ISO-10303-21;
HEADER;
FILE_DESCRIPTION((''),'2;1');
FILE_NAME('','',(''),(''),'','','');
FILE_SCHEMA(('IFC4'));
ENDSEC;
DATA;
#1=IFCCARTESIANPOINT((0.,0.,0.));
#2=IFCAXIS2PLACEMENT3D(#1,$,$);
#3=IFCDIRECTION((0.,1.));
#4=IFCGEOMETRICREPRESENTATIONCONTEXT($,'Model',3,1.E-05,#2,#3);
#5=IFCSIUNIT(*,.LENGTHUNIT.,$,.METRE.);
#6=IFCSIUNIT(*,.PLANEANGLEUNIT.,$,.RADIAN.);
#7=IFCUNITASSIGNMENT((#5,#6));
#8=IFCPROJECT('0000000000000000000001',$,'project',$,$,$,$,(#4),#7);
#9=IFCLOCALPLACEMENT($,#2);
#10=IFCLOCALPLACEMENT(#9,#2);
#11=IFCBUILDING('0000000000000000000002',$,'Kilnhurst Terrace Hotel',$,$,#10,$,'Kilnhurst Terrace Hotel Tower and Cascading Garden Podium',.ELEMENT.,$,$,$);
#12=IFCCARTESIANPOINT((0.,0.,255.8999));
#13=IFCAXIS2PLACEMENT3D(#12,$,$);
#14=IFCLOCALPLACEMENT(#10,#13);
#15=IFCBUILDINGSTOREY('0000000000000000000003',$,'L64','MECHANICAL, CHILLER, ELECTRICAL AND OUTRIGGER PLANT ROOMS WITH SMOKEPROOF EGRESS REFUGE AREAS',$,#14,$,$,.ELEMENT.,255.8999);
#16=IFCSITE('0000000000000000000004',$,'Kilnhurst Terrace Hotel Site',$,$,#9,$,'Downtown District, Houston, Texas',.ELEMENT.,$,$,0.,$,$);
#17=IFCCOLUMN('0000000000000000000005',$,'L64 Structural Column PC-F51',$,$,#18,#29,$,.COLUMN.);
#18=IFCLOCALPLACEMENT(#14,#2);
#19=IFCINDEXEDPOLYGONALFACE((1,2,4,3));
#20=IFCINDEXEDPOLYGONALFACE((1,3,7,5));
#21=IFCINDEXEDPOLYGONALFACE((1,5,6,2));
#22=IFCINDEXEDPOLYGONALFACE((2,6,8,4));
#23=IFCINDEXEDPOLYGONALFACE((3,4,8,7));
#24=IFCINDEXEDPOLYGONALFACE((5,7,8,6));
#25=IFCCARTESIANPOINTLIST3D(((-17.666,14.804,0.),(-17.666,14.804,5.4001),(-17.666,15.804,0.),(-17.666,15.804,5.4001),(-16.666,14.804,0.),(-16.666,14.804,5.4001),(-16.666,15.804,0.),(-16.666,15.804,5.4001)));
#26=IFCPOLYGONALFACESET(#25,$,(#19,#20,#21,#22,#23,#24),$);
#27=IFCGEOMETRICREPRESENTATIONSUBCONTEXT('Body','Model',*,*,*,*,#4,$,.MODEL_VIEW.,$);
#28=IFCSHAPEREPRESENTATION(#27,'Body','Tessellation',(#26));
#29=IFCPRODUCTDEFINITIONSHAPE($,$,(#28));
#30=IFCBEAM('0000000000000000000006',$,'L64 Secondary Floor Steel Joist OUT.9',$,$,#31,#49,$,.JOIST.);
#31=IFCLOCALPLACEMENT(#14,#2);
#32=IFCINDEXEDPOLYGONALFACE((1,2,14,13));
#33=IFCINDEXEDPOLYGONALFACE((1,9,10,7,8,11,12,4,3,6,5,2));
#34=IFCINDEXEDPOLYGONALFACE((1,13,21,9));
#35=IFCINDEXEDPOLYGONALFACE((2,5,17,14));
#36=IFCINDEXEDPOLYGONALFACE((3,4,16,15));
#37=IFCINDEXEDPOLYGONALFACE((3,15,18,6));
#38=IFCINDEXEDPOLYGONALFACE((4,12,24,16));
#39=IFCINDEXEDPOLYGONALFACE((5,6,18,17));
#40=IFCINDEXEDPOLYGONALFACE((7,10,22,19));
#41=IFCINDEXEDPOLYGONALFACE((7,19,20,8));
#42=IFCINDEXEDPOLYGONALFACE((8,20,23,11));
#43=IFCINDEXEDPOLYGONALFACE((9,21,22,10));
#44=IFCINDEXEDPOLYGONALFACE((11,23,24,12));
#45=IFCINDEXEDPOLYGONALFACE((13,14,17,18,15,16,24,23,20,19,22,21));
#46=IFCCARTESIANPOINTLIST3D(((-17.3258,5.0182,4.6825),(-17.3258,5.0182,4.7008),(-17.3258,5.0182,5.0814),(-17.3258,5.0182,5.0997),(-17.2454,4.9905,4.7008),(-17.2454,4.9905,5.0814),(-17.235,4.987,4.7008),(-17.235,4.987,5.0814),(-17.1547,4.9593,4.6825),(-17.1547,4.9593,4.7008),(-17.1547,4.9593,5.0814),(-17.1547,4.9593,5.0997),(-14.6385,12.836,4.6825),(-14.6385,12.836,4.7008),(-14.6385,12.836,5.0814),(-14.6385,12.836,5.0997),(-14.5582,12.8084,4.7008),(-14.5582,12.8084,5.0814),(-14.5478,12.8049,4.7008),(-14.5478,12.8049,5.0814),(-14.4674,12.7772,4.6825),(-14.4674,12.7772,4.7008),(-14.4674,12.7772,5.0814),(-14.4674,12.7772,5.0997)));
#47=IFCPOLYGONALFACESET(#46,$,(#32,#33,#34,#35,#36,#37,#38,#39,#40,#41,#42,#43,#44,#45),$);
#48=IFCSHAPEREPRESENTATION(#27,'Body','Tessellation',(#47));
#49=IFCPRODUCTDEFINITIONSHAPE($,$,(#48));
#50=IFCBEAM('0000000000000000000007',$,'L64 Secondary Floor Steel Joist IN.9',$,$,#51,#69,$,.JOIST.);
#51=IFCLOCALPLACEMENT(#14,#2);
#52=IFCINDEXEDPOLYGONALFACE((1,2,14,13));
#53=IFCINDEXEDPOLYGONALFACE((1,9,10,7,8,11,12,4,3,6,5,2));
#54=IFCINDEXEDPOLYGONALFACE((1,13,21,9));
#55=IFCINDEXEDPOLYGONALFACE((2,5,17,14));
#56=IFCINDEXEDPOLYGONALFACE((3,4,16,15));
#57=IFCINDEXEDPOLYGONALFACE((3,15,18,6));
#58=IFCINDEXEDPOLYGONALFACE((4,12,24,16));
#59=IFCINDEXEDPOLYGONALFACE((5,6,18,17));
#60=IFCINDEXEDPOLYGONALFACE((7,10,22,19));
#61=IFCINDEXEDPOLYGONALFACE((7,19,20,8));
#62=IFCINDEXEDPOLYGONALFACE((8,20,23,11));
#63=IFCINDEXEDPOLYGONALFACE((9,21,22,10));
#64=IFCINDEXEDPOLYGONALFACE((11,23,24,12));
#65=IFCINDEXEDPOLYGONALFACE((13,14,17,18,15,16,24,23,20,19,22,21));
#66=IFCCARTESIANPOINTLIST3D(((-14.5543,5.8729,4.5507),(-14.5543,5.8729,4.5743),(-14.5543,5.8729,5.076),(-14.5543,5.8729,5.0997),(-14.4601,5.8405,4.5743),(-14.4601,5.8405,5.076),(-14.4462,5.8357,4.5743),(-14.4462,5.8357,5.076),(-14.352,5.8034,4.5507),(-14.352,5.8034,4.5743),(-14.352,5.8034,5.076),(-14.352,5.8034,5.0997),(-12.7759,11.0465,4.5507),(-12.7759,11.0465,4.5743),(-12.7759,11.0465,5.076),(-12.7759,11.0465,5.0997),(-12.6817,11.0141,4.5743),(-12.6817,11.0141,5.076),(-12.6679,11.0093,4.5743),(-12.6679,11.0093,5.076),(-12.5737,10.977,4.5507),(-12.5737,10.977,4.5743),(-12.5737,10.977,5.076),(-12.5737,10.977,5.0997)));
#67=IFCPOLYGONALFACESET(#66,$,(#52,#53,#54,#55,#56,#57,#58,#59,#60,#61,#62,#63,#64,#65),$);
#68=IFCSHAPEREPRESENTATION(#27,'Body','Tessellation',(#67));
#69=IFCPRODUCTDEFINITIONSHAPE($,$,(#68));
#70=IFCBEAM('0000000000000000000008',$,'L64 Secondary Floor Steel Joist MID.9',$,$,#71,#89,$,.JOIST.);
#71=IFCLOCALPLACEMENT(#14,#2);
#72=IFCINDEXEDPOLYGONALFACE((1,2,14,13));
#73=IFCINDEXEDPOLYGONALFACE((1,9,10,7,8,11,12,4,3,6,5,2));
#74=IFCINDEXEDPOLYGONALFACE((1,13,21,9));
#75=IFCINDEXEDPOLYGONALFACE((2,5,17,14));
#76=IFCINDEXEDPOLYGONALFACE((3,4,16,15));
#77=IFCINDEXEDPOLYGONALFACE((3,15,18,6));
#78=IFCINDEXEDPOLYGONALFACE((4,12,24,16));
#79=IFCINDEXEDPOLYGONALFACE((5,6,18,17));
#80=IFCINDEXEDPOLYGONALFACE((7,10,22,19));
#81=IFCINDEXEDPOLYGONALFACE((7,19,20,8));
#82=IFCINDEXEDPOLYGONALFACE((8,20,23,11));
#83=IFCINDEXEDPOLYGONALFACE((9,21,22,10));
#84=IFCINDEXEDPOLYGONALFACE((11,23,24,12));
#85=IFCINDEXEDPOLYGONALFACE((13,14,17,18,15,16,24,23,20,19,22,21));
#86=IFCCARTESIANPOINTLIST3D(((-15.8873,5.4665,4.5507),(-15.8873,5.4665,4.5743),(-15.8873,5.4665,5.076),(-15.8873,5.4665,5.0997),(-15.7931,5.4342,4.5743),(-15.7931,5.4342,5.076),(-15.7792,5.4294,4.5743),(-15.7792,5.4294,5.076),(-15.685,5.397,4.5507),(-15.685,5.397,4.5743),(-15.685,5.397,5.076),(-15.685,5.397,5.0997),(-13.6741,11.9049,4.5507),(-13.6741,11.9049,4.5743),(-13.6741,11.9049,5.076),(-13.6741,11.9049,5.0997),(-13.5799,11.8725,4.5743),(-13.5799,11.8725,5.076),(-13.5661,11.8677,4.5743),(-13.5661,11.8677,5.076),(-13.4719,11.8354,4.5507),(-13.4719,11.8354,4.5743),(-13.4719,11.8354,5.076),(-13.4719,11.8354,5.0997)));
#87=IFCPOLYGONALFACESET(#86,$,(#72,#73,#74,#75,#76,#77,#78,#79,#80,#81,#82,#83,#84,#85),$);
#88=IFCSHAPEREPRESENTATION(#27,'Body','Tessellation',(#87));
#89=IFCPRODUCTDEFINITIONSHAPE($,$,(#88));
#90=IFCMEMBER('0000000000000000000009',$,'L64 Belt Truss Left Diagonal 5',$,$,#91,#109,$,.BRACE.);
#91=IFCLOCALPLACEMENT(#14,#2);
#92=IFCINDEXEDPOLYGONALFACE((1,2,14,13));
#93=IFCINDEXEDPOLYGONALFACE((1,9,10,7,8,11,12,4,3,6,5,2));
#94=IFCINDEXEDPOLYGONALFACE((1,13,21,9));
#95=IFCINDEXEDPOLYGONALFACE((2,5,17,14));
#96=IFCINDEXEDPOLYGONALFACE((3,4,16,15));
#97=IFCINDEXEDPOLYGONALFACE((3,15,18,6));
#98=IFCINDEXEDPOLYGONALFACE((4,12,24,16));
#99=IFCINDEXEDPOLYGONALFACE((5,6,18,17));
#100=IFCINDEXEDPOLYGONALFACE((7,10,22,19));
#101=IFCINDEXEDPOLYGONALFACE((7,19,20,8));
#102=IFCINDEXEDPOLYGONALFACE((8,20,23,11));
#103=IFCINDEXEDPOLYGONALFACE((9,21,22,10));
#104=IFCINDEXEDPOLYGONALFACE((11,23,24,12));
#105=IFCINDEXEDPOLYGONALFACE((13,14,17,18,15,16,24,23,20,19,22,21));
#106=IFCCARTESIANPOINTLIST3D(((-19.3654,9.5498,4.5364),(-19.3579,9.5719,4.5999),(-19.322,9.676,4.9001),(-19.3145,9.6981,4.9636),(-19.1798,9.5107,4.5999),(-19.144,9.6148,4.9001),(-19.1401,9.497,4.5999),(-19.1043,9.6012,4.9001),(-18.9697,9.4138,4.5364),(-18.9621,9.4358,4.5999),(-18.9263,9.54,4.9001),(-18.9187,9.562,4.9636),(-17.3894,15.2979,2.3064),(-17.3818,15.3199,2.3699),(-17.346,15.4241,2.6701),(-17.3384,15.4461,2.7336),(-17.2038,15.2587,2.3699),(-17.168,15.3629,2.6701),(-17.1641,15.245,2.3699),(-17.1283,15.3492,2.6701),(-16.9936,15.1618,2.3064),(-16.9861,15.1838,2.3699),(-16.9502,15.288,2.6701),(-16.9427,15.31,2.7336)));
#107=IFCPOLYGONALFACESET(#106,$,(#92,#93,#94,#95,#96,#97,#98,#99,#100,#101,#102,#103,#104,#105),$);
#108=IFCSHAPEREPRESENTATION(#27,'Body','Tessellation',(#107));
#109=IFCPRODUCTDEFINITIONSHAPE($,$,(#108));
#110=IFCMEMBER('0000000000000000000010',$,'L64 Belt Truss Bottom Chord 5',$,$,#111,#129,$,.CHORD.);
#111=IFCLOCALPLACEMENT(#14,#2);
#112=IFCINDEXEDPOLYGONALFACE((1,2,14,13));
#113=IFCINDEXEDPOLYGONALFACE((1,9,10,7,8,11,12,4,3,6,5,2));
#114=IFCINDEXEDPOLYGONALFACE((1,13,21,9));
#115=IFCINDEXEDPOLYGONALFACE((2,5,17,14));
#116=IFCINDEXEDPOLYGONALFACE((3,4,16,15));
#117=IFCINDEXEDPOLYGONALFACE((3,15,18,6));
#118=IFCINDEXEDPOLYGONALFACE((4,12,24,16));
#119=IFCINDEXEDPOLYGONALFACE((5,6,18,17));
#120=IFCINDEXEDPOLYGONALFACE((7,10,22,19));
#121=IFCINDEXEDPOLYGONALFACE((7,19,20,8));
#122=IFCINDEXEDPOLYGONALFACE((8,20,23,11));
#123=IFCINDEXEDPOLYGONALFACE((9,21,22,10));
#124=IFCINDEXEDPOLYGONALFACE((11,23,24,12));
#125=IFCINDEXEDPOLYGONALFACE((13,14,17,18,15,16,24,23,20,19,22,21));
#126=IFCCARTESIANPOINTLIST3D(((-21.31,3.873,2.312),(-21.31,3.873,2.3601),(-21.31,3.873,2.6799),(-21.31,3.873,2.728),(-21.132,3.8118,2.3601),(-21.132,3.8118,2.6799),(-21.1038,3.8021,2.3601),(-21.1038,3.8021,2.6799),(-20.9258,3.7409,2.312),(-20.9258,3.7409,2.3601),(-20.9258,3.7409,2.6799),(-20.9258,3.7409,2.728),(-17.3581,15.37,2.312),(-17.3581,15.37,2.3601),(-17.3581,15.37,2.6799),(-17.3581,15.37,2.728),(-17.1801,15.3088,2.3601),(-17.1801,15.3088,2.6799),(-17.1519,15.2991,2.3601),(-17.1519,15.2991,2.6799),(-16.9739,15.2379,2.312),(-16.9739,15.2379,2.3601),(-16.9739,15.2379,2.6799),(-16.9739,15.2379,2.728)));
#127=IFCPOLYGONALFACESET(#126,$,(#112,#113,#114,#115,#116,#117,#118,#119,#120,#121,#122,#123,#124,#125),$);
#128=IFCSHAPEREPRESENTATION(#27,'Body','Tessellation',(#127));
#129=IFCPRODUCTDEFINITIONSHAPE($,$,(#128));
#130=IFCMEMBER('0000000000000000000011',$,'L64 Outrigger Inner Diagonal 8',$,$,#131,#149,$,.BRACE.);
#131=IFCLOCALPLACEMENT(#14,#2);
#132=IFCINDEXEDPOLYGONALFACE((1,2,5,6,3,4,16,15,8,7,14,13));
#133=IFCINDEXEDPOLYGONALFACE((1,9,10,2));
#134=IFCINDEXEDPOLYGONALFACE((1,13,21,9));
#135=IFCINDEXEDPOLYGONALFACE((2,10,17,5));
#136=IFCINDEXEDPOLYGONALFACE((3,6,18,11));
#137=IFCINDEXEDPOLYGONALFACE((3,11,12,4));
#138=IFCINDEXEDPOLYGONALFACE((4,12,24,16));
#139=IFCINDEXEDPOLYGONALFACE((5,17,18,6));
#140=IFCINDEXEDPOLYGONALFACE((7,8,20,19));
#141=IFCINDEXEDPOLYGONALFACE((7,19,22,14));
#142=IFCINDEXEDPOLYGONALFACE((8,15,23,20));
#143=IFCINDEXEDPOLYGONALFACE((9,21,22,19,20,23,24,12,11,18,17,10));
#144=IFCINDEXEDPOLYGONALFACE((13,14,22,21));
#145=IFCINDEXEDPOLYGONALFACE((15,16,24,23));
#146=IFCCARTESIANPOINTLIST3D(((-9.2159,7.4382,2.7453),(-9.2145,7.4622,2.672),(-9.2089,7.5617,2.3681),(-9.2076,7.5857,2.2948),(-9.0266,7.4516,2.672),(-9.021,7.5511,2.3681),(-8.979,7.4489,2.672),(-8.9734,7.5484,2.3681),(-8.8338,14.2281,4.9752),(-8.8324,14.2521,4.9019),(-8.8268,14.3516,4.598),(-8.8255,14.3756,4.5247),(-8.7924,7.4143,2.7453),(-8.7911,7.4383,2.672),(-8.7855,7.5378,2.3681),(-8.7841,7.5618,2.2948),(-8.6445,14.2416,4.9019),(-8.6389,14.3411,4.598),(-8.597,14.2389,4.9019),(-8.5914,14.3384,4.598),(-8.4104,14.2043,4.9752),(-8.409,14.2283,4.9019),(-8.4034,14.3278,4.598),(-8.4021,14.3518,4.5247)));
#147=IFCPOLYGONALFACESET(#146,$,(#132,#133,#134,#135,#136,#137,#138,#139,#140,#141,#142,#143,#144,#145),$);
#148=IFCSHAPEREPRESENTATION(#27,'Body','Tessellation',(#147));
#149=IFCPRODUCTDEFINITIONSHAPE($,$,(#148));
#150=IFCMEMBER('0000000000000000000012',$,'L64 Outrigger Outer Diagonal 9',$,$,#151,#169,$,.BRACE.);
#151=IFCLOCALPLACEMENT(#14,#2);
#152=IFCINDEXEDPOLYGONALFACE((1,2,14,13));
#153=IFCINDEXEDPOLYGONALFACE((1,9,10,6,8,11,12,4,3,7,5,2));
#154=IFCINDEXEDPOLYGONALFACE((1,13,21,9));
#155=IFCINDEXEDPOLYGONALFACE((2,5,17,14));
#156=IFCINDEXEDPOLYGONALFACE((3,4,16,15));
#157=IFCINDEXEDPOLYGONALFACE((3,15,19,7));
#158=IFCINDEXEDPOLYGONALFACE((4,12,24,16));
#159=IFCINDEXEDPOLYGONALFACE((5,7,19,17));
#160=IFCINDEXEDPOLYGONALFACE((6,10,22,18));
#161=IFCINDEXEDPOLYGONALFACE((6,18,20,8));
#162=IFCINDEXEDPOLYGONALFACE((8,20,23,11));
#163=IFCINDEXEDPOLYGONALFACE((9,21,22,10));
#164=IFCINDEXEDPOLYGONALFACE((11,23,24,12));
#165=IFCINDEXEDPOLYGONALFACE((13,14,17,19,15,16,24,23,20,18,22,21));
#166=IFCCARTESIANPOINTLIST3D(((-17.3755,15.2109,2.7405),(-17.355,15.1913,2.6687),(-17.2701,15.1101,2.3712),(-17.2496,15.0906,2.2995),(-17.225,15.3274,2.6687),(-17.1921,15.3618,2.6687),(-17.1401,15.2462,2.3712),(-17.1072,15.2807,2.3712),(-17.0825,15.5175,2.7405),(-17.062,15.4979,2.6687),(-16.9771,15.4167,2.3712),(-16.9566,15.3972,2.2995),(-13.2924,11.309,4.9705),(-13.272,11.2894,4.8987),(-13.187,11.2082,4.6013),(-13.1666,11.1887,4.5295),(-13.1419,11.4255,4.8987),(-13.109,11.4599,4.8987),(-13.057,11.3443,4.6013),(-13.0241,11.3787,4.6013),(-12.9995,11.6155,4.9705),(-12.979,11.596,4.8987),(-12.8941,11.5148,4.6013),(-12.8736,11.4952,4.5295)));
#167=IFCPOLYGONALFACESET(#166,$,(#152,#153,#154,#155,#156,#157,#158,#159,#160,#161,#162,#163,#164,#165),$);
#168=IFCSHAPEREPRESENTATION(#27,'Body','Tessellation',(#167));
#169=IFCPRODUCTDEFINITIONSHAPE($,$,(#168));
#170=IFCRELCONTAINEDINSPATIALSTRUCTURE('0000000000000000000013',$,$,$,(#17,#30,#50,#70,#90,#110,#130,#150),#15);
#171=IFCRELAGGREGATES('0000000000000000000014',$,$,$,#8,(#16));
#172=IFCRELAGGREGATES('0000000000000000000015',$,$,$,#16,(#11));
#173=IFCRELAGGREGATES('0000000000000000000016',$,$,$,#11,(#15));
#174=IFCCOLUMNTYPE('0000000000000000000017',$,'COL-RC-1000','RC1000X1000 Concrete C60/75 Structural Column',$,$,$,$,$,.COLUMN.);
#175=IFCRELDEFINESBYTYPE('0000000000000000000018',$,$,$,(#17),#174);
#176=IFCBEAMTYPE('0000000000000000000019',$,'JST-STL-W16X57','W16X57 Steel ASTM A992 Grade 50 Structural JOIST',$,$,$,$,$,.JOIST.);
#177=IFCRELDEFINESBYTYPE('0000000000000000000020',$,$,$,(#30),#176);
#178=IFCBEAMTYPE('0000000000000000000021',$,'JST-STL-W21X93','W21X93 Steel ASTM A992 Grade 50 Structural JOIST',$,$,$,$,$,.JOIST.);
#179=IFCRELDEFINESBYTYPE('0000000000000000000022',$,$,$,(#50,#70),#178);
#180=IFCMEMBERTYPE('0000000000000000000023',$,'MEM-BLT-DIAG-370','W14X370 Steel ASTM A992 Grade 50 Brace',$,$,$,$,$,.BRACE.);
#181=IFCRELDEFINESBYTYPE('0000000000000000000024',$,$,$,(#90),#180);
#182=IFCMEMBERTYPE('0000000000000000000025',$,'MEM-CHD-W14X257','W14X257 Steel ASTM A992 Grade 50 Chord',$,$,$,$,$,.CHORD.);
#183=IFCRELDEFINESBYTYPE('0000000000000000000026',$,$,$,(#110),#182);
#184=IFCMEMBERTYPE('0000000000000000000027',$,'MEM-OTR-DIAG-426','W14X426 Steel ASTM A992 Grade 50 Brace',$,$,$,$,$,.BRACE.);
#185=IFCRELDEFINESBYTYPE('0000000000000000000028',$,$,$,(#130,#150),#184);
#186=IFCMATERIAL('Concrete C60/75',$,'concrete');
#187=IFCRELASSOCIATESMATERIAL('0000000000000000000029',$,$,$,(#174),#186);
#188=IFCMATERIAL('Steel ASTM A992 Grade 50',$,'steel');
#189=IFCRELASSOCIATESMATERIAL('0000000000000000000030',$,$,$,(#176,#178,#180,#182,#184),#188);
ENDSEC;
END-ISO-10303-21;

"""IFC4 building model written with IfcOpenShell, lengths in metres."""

from ifc_helpers import new_model, si_unit, direction, frame, origin, origin_2d, place, context, subcontext, project, spatial, rectangle, i_section, extrude, material, material_profile, profile_set, type_object, element, save


model = new_model("IFC4")

# Units and contexts
model_context = context("Model", 3, precision=1e-05, world=origin(), true_north=direction((0.0, 1.0)))
body_context = subcontext(model_context, "Body", "Model", "MODEL_VIEW")
ifc_project = project(units=[si_unit("LENGTHUNIT", "METRE"), si_unit("PLANEANGLEUNIT", "RADIAN")], contexts=[model_context])

# Site, building, storey
site_placement = place(None, origin())
site = spatial("IfcSite", under=ifc_project, at=site_placement, Name="Kilnhurst Terrace Hotel Site", LongName="Downtown District, Houston, Texas", CompositionType="ELEMENT", RefElevation=0.0)
building_placement = place(site_placement, origin())
building = spatial("IfcBuilding", under=site, at=building_placement, Name="Kilnhurst Terrace Hotel", LongName="Kilnhurst Terrace Hotel Tower and Cascading Garden Podium", CompositionType="ELEMENT")
storey_placement = place(building_placement, frame((0.0, 0.0, 255.8999)))
storey = spatial("IfcBuildingStorey", under=building, at=storey_placement, Name="L64", Description="MECHANICAL, CHILLER, ELECTRICAL AND OUTRIGGER PLANT ROOMS WITH SMOKEPROOF EGRESS REFUGE AREAS", CompositionType="ELEMENT", Elevation=255.8999)

# Column
ifc_material_1 = material(Name="Concrete C60/75", Category="concrete")
ifc_material_profile_1 = material_profile(ifc_material_1, rectangle(XDim=1.0, YDim=1.0, at=origin_2d()), Name="RC1000X1000")
ifc_profile_set_1 = profile_set([ifc_material_profile_1], Name="Concrete C60/75")
column_type = type_object("IfcColumnType", Name="COL-RC-1000", Description="RC1000X1000 Concrete C60/75 Structural Column", PredefinedType="COLUMN", material=ifc_profile_set_1)
column_placement = place(storey_placement, frame((-17.166, 15.304, 0.0), z_axis=(0.0, 0.0, 1.0), x_axis=(1.0, 0.0, 0.0)))
element("IfcColumn", 1, at=column_placement, inside=storey, type_object=column_type, Name="L64 Structural Column PC-F51", PredefinedType="COLUMN", context=body_context, shape_type="SweptSolid", body=[
    extrude(rectangle(XDim=1.0, YDim=1.0, at=origin_2d()), origin(), (0.0, 0.0, 1.0), 5.4001),
])

# Beams
ifc_material_2 = material(Name="Steel ASTM A992 Grade 50", Category="steel")
ifc_material_profile_2 = material_profile(ifc_material_2, i_section(OverallWidth=0.1809, OverallDepth=0.4172, WebThickness=0.011, FlangeThickness=0.0183, at=origin_2d()), Name="W16X57")
ifc_profile_set_2 = profile_set([ifc_material_profile_2], Name="Steel ASTM A992 Grade 50")
beam_type_1 = type_object("IfcBeamType", Name="JST-STL-W16X57", Description="W16X57 Steel ASTM A992 Grade 50 Structural JOIST", PredefinedType="JOIST", material=ifc_profile_set_2)
beam_1_placement = place(storey_placement, frame((-14.553, 12.8066, 4.8911), z_axis=(-0.325065, -0.945692, 0.0), x_axis=(0.945692, -0.325065, 0.0)))
element("IfcBeam", 2, at=beam_1_placement, inside=storey, type_object=beam_type_1, Name="L64 Secondary Floor Steel Joist OUT.9", PredefinedType="JOIST", context=body_context, shape_type="SweptSolid", body=[
    extrude(i_section(OverallWidth=0.1809, OverallDepth=0.4172, WebThickness=0.011, FlangeThickness=0.0183, at=origin_2d()), origin(), (0.0, 0.0, 1.0), 8.2668),
])
ifc_material_profile_3 = material_profile(ifc_material_2, i_section(OverallWidth=0.2139, OverallDepth=0.5491, WebThickness=0.0146, FlangeThickness=0.0237, at=origin_2d()), Name="W21X93")
ifc_profile_set_3 = profile_set([ifc_material_profile_3], Name="Steel ASTM A992 Grade 50")
beam_type_2 = type_object("IfcBeamType", Name="JST-STL-W21X93", Description="W21X93 Steel ASTM A992 Grade 50 Structural JOIST", PredefinedType="JOIST", material=ifc_profile_set_3)
beam_2_placement = place(storey_placement, frame((-12.6748, 11.0117, 4.8252), z_axis=(-0.325064, -0.945692, 0.0), x_axis=(0.945692, -0.325064, 0.0)))
element("IfcBeam", 3, at=beam_2_placement, inside=storey, type_object=beam_type_2, Name="L64 Secondary Floor Steel Joist IN.9", PredefinedType="JOIST", context=body_context, shape_type="SweptSolid", body=[
    extrude(i_section(OverallWidth=0.2139, OverallDepth=0.5491, WebThickness=0.0146, FlangeThickness=0.0237, at=origin_2d()), origin(), (0.0, 0.0, 1.0), 5.4707),
])
beam_3_placement = place(storey_placement, frame((-13.573, 11.8701, 4.8252), z_axis=(-0.325079, -0.945687, 0.0), x_axis=(0.945687, -0.325079, 0.0)))
element("IfcBeam", 4, at=beam_3_placement, inside=storey, type_object=beam_type_2, Name="L64 Secondary Floor Steel Joist MID.9", PredefinedType="JOIST", context=body_context, shape_type="SweptSolid", body=[
    extrude(i_section(OverallWidth=0.2139, OverallDepth=0.5491, WebThickness=0.0146, FlangeThickness=0.0237, at=origin_2d()), origin(), (0.0, 0.0, 1.0), 6.8081),
])

# Members
ifc_material_profile_4 = material_profile(ifc_material_2, i_section(OverallWidth=0.4185, OverallDepth=0.4551, WebThickness=0.042, FlangeThickness=0.0676, at=origin_2d()), Name="W14X370")
ifc_profile_set_4 = profile_set([ifc_material_profile_4], Name="Steel ASTM A992 Grade 50")
member_type_1 = type_object("IfcMemberType", Name="MEM-BLT-DIAG-370", Description="W14X370 Steel ASTM A992 Grade 50 Brace", PredefinedType="BRACE", material=ifc_profile_set_4)
member_1_placement = place(storey_placement, frame((-17.166, 15.304, 2.52), z_axis=(-0.305214, -0.887813, 0.344431), x_axis=(0.945677, -0.325107, 0.0)))
element("IfcMember", 5, at=member_1_placement, inside=storey, type_object=member_type_1, Name="L64 Belt Truss Left Diagonal 5", PredefinedType="BRACE", context=body_context, shape_type="SweptSolid", body=[
    extrude(i_section(OverallWidth=0.4185, OverallDepth=0.4551, WebThickness=0.042, FlangeThickness=0.0676, at=origin_2d()), origin(), (0.0, 0.0, 1.0), 6.4744),
])
ifc_material_profile_5 = material_profile(ifc_material_2, i_section(OverallWidth=0.4062, OverallDepth=0.416, WebThickness=0.0298, FlangeThickness=0.0481, at=origin_2d()), Name="W14X257")
ifc_profile_set_5 = profile_set([ifc_material_profile_5], Name="Steel ASTM A992 Grade 50")
member_type_2 = type_object("IfcMemberType", Name="MEM-CHD-W14X257", Description="W14X257 Steel ASTM A992 Grade 50 Chord", PredefinedType="CHORD", material=ifc_profile_set_5)
member_2_placement = place(storey_placement, frame((-17.166, 15.304, 2.52), z_axis=(-0.325064, -0.945692, 0.0), x_axis=(0.945692, -0.325064, 0.0)))
element("IfcMember", 6, at=member_2_placement, inside=storey, type_object=member_type_2, Name="L64 Belt Truss Bottom Chord 5", PredefinedType="CHORD", context=body_context, shape_type="SweptSolid", body=[
    extrude(i_section(OverallWidth=0.4062, OverallDepth=0.416, WebThickness=0.0298, FlangeThickness=0.0481, at=origin_2d()), origin(), (0.0, 0.0, 1.0), 12.1572),
])
ifc_material_profile_6 = material_profile(ifc_material_2, i_section(OverallWidth=0.4241, OverallDepth=0.4741, WebThickness=0.0476, FlangeThickness=0.0771, at=origin_2d()), Name="W14X426")
ifc_profile_set_6 = profile_set([ifc_material_profile_6], Name="Steel ASTM A992 Grade 50")
member_type_3 = type_object("IfcMemberType", Name="MEM-OTR-DIAG-426", Description="W14X426 Steel ASTM A992 Grade 50 Brace", PredefinedType="BRACE", material=ifc_profile_set_6)
member_3_placement = place(storey_placement, frame((-9.0, 7.5, 2.52), z_axis=(0.053385, 0.94872, 0.311578), x_axis=(-0.998421, 0.056182, 0.0)))
element("IfcMember", 7, at=member_3_placement, inside=storey, type_object=member_type_3, Name="L64 Outrigger Inner Diagonal 8", PredefinedType="BRACE", context=body_context, shape_type="SweptSolid", body=[
    extrude(i_section(OverallWidth=0.4241, OverallDepth=0.4741, WebThickness=0.0476, FlangeThickness=0.0771, at=origin_2d()), origin(), (0.0, 0.0, 1.0), 7.157),
])
member_4_placement = place(storey_placement, frame((-13.083, 11.4021, 4.75), z_axis=(-0.672441, 0.642606, -0.367261), x_axis=(-0.690887, -0.722963, 0.0)))
element("IfcMember", 8, at=member_4_placement, inside=storey, type_object=member_type_3, Name="L64 Outrigger Outer Diagonal 9", PredefinedType="BRACE", context=body_context, shape_type="SweptSolid", body=[
    extrude(i_section(OverallWidth=0.4241, OverallDepth=0.4741, WebThickness=0.0476, FlangeThickness=0.0771, at=origin_2d()), origin(), (0.0, 0.0, 1.0), 6.072),
])

save(model, "model.ifc")
